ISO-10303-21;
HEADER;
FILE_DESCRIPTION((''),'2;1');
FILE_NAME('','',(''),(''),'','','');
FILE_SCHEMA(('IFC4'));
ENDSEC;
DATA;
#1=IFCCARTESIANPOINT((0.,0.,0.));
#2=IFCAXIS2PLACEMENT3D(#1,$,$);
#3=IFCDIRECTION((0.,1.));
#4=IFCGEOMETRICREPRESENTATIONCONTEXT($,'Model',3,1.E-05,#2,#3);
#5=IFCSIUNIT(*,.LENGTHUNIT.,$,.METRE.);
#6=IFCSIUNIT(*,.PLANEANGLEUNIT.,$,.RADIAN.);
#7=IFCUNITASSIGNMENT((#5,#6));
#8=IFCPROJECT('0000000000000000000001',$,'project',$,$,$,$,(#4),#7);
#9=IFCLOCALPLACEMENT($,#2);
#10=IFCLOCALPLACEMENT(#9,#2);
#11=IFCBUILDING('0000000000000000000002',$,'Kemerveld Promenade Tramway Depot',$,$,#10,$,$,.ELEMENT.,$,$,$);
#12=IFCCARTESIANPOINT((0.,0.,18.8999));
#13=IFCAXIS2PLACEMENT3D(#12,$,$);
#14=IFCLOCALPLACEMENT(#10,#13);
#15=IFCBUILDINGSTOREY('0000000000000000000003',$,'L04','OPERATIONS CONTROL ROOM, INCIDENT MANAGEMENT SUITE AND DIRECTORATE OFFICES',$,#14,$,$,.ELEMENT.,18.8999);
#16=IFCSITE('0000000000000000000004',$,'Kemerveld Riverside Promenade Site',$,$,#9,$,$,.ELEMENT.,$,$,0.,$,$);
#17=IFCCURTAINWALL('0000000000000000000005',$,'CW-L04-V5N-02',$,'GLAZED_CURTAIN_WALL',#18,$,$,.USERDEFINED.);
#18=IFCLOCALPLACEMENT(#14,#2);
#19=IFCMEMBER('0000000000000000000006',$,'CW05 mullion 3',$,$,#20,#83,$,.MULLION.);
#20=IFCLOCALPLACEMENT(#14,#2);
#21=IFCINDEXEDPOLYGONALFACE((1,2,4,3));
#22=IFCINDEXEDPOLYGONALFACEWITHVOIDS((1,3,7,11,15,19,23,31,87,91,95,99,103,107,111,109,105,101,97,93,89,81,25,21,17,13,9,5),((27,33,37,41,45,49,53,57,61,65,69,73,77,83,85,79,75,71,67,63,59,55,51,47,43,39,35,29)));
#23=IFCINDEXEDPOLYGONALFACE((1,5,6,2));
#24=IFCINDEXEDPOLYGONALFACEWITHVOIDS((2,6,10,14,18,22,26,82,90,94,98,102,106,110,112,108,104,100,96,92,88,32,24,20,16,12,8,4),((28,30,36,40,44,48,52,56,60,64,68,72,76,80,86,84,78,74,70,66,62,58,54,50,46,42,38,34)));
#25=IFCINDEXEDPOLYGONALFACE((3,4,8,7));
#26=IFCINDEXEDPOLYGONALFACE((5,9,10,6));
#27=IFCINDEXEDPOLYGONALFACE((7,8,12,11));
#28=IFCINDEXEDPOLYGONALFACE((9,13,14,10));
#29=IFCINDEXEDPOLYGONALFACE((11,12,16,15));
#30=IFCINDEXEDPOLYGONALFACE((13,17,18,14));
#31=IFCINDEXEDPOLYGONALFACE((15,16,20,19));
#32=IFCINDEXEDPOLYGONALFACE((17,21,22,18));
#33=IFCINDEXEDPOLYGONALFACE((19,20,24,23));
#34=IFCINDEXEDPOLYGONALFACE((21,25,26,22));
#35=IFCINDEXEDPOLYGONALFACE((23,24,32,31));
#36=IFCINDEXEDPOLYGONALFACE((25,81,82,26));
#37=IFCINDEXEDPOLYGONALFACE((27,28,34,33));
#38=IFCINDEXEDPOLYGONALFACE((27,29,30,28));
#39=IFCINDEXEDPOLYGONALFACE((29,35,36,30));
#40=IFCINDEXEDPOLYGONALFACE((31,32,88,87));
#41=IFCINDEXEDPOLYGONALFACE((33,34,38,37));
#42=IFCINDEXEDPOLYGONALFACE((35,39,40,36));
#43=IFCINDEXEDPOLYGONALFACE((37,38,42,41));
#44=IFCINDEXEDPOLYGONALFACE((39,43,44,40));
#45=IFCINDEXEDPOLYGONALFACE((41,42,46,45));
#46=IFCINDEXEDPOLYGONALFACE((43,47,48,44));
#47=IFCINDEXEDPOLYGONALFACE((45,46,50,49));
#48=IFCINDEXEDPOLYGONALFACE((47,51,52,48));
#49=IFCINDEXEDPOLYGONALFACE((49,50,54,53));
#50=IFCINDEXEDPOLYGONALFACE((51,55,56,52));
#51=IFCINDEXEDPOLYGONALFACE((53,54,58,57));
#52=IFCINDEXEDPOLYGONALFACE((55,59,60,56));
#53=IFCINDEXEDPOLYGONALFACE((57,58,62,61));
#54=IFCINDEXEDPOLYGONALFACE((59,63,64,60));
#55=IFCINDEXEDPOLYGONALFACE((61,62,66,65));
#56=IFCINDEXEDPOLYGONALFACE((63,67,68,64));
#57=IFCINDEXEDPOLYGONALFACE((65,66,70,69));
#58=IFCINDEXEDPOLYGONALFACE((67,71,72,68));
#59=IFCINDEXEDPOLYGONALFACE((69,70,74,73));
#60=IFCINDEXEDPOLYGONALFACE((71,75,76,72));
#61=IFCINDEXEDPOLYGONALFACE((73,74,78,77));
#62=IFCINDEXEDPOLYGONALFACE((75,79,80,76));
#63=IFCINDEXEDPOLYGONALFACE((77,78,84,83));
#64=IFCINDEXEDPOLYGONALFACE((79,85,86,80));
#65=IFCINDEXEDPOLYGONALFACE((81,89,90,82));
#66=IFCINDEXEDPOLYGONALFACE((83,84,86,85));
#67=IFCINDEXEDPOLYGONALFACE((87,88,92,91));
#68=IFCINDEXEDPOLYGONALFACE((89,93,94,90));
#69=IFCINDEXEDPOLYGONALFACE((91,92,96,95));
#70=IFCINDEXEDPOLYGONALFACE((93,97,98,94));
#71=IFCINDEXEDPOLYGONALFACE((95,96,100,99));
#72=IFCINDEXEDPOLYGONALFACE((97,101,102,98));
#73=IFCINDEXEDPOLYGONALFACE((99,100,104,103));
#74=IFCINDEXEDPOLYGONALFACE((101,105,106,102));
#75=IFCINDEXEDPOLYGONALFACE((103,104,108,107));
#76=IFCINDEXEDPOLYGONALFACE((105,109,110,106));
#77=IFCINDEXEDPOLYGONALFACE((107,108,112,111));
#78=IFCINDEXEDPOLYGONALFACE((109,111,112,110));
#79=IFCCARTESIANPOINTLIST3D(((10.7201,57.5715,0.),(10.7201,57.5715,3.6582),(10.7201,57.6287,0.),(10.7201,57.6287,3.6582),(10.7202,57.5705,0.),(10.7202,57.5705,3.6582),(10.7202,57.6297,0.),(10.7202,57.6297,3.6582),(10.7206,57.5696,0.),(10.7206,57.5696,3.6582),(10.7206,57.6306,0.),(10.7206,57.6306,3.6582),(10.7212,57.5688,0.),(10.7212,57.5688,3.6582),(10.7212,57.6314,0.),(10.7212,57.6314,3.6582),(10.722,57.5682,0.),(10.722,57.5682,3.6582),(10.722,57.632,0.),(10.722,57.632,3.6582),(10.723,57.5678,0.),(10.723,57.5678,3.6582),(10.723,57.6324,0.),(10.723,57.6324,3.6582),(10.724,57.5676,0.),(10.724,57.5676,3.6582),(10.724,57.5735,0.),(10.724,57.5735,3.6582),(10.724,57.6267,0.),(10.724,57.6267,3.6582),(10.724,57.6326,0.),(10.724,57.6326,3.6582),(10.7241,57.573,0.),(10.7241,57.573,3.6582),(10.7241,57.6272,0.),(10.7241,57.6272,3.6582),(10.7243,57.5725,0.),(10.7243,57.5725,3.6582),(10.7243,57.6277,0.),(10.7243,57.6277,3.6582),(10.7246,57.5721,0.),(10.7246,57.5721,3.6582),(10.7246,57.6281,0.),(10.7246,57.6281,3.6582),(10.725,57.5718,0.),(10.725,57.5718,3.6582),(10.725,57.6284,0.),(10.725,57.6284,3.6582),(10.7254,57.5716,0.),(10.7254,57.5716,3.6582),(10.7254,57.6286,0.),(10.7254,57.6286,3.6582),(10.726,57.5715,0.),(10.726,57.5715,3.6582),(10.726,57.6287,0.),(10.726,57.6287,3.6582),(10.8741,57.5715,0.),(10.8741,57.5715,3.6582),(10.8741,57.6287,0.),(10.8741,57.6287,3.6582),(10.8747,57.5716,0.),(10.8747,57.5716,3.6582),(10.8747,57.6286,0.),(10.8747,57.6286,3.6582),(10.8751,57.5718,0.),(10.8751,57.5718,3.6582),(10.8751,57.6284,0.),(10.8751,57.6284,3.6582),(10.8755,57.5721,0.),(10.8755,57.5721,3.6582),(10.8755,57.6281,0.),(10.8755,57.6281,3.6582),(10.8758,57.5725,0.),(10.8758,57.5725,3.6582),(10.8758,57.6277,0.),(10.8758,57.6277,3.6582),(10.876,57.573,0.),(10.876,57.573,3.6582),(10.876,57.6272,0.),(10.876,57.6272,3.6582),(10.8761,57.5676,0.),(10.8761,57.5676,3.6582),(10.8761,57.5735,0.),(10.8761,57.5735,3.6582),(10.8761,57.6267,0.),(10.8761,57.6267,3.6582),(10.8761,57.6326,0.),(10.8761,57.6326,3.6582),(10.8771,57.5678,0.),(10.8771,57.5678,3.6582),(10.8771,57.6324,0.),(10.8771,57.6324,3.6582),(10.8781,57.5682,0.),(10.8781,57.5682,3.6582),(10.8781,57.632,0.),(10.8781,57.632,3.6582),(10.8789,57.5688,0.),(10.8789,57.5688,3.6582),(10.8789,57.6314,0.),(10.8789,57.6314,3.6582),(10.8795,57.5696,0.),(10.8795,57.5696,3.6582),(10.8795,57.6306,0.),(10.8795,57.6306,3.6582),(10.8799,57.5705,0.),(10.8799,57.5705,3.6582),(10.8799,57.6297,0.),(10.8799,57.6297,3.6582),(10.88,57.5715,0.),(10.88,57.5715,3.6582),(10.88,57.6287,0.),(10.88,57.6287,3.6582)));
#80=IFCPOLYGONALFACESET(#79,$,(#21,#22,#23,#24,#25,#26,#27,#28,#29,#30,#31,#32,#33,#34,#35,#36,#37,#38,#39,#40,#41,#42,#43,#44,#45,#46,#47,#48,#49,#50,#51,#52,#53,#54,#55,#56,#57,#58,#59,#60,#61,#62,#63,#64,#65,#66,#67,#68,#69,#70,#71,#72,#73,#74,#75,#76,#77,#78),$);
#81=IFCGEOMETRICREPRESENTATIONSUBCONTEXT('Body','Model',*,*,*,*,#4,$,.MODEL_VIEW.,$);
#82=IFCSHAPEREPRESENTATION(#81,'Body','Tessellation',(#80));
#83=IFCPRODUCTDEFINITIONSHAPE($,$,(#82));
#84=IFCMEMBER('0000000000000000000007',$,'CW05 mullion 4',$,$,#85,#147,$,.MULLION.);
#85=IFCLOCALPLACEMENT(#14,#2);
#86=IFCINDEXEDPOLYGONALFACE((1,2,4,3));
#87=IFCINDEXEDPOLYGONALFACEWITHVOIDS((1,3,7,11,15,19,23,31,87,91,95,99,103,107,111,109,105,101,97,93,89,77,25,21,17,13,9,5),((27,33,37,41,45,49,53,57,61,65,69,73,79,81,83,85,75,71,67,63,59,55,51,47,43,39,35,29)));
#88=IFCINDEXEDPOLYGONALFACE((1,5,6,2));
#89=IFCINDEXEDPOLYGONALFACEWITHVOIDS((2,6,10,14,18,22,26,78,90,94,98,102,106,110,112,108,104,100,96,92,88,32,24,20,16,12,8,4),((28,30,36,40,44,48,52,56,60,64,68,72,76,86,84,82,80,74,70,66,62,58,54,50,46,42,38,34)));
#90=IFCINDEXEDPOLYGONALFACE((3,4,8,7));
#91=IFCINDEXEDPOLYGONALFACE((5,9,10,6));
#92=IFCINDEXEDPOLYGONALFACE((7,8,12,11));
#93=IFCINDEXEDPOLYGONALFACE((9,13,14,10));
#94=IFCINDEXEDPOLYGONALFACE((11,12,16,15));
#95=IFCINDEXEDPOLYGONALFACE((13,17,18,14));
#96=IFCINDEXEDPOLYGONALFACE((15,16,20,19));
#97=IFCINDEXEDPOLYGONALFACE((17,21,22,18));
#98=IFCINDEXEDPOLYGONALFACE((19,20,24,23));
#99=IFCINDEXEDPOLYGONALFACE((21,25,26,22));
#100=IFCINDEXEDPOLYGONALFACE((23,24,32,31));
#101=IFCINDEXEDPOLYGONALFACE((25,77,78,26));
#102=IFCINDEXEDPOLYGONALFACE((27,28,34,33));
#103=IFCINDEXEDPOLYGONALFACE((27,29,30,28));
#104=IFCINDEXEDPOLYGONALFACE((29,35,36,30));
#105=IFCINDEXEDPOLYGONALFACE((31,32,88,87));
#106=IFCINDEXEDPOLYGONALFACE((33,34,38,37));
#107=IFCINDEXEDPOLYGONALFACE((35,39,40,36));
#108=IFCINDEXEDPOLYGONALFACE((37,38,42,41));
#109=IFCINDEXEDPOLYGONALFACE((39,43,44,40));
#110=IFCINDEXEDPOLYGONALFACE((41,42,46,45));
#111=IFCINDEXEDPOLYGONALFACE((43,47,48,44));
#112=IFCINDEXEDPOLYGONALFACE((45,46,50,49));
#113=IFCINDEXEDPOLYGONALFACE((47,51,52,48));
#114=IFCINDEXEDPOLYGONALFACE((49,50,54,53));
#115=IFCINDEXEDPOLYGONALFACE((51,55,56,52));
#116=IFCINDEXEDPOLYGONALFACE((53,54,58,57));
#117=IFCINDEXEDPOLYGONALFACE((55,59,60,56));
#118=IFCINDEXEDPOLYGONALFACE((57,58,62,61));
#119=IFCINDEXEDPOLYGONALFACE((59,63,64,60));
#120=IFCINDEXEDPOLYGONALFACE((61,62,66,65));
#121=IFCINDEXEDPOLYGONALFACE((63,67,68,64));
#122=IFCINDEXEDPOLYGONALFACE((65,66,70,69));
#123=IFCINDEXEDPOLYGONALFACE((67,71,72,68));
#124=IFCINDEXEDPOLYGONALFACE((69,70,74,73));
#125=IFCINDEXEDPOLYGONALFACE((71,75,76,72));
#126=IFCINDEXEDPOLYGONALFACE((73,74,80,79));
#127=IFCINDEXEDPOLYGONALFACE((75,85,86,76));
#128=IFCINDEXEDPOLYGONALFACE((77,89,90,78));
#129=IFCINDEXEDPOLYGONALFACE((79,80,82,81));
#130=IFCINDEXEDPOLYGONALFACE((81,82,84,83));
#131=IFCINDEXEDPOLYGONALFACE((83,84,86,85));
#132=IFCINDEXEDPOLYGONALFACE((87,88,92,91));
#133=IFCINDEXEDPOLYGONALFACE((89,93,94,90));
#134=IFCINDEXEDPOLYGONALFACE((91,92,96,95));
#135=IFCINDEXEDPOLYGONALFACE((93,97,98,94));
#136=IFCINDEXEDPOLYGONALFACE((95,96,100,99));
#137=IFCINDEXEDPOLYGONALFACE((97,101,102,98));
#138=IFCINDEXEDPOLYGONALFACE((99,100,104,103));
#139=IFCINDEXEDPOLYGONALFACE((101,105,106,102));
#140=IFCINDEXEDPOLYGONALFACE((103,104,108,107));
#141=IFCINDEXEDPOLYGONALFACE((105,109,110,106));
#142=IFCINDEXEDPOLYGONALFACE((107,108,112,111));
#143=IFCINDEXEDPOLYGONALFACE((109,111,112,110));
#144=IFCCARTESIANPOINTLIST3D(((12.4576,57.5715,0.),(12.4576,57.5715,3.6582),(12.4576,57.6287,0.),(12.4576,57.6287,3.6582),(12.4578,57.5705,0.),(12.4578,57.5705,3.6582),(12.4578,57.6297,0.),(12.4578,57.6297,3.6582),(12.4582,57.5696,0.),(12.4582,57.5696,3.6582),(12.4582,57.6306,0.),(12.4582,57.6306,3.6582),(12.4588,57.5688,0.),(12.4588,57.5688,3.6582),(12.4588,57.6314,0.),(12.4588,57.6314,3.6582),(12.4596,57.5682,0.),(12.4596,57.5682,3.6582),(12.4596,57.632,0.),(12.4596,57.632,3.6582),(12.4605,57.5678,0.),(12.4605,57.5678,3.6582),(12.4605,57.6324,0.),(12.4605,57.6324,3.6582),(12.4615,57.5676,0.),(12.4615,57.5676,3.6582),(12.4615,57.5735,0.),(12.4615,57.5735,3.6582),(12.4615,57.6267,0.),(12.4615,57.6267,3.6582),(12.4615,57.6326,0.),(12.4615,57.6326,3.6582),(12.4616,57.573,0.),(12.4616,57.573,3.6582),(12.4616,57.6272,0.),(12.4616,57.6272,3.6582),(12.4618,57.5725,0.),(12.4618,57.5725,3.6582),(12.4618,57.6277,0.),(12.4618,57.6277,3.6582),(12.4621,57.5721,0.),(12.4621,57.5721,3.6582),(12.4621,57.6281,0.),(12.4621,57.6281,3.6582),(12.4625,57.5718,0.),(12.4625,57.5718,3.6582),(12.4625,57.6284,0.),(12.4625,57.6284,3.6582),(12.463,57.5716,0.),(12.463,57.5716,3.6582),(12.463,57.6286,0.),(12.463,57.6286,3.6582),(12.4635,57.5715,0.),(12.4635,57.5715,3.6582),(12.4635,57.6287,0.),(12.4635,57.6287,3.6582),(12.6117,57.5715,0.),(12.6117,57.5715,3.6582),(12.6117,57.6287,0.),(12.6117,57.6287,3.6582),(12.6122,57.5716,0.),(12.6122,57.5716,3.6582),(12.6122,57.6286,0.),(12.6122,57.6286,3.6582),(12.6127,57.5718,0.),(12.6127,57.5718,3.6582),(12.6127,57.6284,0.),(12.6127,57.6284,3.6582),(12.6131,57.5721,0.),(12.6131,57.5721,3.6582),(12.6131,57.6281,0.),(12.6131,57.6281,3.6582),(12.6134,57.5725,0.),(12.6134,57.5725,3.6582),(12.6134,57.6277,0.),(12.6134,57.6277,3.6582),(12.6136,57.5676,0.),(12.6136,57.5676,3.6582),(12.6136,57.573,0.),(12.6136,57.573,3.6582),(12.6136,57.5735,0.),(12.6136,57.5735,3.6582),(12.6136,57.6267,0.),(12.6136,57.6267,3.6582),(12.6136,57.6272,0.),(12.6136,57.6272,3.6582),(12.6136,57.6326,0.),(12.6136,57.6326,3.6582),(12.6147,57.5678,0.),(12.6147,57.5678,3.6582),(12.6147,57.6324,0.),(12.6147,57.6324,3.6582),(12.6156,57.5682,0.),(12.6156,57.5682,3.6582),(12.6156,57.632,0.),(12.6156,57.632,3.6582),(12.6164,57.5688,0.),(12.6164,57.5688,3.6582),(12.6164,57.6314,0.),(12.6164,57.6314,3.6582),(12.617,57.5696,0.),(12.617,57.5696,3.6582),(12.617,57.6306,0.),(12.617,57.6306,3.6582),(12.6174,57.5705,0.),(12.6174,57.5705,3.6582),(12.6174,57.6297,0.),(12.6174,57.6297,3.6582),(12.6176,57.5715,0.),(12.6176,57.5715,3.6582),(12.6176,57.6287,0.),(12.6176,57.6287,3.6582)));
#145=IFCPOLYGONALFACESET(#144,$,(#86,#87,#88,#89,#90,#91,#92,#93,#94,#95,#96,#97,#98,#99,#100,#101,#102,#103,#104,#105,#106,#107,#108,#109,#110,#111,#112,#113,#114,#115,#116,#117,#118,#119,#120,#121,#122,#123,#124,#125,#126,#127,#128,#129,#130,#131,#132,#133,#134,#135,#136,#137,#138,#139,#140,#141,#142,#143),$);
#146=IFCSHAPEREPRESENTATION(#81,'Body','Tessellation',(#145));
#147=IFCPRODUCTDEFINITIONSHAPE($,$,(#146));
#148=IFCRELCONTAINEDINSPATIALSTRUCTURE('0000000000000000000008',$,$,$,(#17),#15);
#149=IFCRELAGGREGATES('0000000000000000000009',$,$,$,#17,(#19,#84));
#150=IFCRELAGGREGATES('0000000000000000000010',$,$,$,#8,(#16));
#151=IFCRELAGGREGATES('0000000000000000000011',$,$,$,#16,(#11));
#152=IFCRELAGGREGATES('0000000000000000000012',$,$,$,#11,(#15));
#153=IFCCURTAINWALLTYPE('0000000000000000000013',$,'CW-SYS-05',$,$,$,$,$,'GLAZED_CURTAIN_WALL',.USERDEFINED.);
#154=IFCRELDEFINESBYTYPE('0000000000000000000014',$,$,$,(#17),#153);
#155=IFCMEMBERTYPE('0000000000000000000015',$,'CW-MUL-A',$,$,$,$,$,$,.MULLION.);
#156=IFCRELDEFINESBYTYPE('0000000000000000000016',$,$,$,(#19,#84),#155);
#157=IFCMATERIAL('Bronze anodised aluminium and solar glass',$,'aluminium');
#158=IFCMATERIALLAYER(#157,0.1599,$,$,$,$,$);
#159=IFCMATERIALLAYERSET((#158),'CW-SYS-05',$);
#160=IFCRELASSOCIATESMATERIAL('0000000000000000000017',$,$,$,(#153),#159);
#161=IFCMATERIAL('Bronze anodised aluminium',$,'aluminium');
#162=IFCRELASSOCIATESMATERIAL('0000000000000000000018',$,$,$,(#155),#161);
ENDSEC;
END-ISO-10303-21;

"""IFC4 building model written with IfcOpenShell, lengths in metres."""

from ifc_helpers import new_model, si_unit, direction, frame, origin, origin_2d, place, context, subcontext, project, spatial, hollow_rectangle, extrude, material, layer, layer_set, material_profile, profile_set, type_object, element, aggregate, save


model = new_model("IFC4")

# Units and contexts
model_context = context("Model", 3, precision=1e-05, world=origin(), true_north=direction((0.0, 1.0)))
body_context = subcontext(model_context, "Body", "Model", "MODEL_VIEW")
ifc_project = project(units=[si_unit("LENGTHUNIT", "METRE"), si_unit("PLANEANGLEUNIT", "RADIAN")], contexts=[model_context])

# Site, building, storey
site_placement = place(None, origin())
site = spatial("IfcSite", under=ifc_project, at=site_placement, Name="Kemerveld Riverside Promenade Site", CompositionType="ELEMENT", RefElevation=0.0)
building_placement = place(site_placement, origin())
building = spatial("IfcBuilding", under=site, at=building_placement, Name="Kemerveld Promenade Tramway Depot", CompositionType="ELEMENT")
storey_placement = place(building_placement, frame((0.0, 0.0, 18.8999)))
storey = spatial("IfcBuildingStorey", under=building, at=storey_placement, Name="L04", Description="OPERATIONS CONTROL ROOM, INCIDENT MANAGEMENT SUITE AND DIRECTORATE OFFICES", CompositionType="ELEMENT", Elevation=18.8999)

# Curtain wall, members
ifc_material_1 = material(Name="Bronze anodised aluminium and solar glass", Category="aluminium")
ifc_layer_1 = layer(ifc_material_1, 0.1599)
ifc_layer_set_1 = layer_set([ifc_layer_1], Name="CW-SYS-05")
curtain_wall_type = type_object("IfcCurtainWallType", Name="CW-SYS-05", ElementType="GLAZED_CURTAIN_WALL", PredefinedType="USERDEFINED", material=ifc_layer_set_1)
curtain_wall_placement = place(storey_placement, origin())
curtain_wall = element("IfcCurtainWall", 1, at=curtain_wall_placement, inside=storey, type_object=curtain_wall_type, Name="CW-L04-V5N-02", ObjectType="GLAZED_CURTAIN_WALL", PredefinedType="USERDEFINED")
ifc_material_2 = material(Name="Bronze anodised aluminium", Category="aluminium")
ifc_material_profile_1 = material_profile(ifc_material_2, hollow_rectangle(XDim=0.0649, YDim=0.1599, WallThickness=0.0039, InnerFilletRadius=0.002, OuterFilletRadius=0.0039, at=origin_2d()), Name="CW-MUL-160x65")
ifc_profile_set_1 = profile_set([ifc_material_profile_1], Name="Bronze anodised aluminium")
member_type_1 = type_object("IfcMemberType", Name="CW-MUL-A", PredefinedType="MULLION", material=ifc_profile_set_1)
member_1_placement = place(storey_placement, frame((10.8, 57.6001, 0.0), z_axis=(0.0, 0.0, 1.0), x_axis=(0.0, 1.0, 0.0)))
member_1 = element("IfcMember", 2, at=member_1_placement, type_object=member_type_1, Name="CW05 mullion 3", PredefinedType="MULLION", context=body_context, shape_type="SweptSolid", body=[
    extrude(hollow_rectangle(XDim=0.0649, YDim=0.1599, WallThickness=0.0039, InnerFilletRadius=0.002, OuterFilletRadius=0.0039, at=origin_2d()), origin(), (0.0, 0.0, 1.0), 3.6582),
])
member_2_placement = place(storey_placement, frame((12.5376, 57.6001, 0.0), z_axis=(0.0, 0.0, 1.0), x_axis=(0.0, 1.0, 0.0)))
member_2 = element("IfcMember", 3, at=member_2_placement, type_object=member_type_1, Name="CW05 mullion 4", PredefinedType="MULLION", context=body_context, shape_type="SweptSolid", body=[
    extrude(hollow_rectangle(XDim=0.0649, YDim=0.1599, WallThickness=0.0039, InnerFilletRadius=0.002, OuterFilletRadius=0.0039, at=origin_2d()), origin(), (0.0, 0.0, 1.0), 3.6582),
])

aggregate(curtain_wall, [member_1, member_2])

save(model, "model.ifc")
